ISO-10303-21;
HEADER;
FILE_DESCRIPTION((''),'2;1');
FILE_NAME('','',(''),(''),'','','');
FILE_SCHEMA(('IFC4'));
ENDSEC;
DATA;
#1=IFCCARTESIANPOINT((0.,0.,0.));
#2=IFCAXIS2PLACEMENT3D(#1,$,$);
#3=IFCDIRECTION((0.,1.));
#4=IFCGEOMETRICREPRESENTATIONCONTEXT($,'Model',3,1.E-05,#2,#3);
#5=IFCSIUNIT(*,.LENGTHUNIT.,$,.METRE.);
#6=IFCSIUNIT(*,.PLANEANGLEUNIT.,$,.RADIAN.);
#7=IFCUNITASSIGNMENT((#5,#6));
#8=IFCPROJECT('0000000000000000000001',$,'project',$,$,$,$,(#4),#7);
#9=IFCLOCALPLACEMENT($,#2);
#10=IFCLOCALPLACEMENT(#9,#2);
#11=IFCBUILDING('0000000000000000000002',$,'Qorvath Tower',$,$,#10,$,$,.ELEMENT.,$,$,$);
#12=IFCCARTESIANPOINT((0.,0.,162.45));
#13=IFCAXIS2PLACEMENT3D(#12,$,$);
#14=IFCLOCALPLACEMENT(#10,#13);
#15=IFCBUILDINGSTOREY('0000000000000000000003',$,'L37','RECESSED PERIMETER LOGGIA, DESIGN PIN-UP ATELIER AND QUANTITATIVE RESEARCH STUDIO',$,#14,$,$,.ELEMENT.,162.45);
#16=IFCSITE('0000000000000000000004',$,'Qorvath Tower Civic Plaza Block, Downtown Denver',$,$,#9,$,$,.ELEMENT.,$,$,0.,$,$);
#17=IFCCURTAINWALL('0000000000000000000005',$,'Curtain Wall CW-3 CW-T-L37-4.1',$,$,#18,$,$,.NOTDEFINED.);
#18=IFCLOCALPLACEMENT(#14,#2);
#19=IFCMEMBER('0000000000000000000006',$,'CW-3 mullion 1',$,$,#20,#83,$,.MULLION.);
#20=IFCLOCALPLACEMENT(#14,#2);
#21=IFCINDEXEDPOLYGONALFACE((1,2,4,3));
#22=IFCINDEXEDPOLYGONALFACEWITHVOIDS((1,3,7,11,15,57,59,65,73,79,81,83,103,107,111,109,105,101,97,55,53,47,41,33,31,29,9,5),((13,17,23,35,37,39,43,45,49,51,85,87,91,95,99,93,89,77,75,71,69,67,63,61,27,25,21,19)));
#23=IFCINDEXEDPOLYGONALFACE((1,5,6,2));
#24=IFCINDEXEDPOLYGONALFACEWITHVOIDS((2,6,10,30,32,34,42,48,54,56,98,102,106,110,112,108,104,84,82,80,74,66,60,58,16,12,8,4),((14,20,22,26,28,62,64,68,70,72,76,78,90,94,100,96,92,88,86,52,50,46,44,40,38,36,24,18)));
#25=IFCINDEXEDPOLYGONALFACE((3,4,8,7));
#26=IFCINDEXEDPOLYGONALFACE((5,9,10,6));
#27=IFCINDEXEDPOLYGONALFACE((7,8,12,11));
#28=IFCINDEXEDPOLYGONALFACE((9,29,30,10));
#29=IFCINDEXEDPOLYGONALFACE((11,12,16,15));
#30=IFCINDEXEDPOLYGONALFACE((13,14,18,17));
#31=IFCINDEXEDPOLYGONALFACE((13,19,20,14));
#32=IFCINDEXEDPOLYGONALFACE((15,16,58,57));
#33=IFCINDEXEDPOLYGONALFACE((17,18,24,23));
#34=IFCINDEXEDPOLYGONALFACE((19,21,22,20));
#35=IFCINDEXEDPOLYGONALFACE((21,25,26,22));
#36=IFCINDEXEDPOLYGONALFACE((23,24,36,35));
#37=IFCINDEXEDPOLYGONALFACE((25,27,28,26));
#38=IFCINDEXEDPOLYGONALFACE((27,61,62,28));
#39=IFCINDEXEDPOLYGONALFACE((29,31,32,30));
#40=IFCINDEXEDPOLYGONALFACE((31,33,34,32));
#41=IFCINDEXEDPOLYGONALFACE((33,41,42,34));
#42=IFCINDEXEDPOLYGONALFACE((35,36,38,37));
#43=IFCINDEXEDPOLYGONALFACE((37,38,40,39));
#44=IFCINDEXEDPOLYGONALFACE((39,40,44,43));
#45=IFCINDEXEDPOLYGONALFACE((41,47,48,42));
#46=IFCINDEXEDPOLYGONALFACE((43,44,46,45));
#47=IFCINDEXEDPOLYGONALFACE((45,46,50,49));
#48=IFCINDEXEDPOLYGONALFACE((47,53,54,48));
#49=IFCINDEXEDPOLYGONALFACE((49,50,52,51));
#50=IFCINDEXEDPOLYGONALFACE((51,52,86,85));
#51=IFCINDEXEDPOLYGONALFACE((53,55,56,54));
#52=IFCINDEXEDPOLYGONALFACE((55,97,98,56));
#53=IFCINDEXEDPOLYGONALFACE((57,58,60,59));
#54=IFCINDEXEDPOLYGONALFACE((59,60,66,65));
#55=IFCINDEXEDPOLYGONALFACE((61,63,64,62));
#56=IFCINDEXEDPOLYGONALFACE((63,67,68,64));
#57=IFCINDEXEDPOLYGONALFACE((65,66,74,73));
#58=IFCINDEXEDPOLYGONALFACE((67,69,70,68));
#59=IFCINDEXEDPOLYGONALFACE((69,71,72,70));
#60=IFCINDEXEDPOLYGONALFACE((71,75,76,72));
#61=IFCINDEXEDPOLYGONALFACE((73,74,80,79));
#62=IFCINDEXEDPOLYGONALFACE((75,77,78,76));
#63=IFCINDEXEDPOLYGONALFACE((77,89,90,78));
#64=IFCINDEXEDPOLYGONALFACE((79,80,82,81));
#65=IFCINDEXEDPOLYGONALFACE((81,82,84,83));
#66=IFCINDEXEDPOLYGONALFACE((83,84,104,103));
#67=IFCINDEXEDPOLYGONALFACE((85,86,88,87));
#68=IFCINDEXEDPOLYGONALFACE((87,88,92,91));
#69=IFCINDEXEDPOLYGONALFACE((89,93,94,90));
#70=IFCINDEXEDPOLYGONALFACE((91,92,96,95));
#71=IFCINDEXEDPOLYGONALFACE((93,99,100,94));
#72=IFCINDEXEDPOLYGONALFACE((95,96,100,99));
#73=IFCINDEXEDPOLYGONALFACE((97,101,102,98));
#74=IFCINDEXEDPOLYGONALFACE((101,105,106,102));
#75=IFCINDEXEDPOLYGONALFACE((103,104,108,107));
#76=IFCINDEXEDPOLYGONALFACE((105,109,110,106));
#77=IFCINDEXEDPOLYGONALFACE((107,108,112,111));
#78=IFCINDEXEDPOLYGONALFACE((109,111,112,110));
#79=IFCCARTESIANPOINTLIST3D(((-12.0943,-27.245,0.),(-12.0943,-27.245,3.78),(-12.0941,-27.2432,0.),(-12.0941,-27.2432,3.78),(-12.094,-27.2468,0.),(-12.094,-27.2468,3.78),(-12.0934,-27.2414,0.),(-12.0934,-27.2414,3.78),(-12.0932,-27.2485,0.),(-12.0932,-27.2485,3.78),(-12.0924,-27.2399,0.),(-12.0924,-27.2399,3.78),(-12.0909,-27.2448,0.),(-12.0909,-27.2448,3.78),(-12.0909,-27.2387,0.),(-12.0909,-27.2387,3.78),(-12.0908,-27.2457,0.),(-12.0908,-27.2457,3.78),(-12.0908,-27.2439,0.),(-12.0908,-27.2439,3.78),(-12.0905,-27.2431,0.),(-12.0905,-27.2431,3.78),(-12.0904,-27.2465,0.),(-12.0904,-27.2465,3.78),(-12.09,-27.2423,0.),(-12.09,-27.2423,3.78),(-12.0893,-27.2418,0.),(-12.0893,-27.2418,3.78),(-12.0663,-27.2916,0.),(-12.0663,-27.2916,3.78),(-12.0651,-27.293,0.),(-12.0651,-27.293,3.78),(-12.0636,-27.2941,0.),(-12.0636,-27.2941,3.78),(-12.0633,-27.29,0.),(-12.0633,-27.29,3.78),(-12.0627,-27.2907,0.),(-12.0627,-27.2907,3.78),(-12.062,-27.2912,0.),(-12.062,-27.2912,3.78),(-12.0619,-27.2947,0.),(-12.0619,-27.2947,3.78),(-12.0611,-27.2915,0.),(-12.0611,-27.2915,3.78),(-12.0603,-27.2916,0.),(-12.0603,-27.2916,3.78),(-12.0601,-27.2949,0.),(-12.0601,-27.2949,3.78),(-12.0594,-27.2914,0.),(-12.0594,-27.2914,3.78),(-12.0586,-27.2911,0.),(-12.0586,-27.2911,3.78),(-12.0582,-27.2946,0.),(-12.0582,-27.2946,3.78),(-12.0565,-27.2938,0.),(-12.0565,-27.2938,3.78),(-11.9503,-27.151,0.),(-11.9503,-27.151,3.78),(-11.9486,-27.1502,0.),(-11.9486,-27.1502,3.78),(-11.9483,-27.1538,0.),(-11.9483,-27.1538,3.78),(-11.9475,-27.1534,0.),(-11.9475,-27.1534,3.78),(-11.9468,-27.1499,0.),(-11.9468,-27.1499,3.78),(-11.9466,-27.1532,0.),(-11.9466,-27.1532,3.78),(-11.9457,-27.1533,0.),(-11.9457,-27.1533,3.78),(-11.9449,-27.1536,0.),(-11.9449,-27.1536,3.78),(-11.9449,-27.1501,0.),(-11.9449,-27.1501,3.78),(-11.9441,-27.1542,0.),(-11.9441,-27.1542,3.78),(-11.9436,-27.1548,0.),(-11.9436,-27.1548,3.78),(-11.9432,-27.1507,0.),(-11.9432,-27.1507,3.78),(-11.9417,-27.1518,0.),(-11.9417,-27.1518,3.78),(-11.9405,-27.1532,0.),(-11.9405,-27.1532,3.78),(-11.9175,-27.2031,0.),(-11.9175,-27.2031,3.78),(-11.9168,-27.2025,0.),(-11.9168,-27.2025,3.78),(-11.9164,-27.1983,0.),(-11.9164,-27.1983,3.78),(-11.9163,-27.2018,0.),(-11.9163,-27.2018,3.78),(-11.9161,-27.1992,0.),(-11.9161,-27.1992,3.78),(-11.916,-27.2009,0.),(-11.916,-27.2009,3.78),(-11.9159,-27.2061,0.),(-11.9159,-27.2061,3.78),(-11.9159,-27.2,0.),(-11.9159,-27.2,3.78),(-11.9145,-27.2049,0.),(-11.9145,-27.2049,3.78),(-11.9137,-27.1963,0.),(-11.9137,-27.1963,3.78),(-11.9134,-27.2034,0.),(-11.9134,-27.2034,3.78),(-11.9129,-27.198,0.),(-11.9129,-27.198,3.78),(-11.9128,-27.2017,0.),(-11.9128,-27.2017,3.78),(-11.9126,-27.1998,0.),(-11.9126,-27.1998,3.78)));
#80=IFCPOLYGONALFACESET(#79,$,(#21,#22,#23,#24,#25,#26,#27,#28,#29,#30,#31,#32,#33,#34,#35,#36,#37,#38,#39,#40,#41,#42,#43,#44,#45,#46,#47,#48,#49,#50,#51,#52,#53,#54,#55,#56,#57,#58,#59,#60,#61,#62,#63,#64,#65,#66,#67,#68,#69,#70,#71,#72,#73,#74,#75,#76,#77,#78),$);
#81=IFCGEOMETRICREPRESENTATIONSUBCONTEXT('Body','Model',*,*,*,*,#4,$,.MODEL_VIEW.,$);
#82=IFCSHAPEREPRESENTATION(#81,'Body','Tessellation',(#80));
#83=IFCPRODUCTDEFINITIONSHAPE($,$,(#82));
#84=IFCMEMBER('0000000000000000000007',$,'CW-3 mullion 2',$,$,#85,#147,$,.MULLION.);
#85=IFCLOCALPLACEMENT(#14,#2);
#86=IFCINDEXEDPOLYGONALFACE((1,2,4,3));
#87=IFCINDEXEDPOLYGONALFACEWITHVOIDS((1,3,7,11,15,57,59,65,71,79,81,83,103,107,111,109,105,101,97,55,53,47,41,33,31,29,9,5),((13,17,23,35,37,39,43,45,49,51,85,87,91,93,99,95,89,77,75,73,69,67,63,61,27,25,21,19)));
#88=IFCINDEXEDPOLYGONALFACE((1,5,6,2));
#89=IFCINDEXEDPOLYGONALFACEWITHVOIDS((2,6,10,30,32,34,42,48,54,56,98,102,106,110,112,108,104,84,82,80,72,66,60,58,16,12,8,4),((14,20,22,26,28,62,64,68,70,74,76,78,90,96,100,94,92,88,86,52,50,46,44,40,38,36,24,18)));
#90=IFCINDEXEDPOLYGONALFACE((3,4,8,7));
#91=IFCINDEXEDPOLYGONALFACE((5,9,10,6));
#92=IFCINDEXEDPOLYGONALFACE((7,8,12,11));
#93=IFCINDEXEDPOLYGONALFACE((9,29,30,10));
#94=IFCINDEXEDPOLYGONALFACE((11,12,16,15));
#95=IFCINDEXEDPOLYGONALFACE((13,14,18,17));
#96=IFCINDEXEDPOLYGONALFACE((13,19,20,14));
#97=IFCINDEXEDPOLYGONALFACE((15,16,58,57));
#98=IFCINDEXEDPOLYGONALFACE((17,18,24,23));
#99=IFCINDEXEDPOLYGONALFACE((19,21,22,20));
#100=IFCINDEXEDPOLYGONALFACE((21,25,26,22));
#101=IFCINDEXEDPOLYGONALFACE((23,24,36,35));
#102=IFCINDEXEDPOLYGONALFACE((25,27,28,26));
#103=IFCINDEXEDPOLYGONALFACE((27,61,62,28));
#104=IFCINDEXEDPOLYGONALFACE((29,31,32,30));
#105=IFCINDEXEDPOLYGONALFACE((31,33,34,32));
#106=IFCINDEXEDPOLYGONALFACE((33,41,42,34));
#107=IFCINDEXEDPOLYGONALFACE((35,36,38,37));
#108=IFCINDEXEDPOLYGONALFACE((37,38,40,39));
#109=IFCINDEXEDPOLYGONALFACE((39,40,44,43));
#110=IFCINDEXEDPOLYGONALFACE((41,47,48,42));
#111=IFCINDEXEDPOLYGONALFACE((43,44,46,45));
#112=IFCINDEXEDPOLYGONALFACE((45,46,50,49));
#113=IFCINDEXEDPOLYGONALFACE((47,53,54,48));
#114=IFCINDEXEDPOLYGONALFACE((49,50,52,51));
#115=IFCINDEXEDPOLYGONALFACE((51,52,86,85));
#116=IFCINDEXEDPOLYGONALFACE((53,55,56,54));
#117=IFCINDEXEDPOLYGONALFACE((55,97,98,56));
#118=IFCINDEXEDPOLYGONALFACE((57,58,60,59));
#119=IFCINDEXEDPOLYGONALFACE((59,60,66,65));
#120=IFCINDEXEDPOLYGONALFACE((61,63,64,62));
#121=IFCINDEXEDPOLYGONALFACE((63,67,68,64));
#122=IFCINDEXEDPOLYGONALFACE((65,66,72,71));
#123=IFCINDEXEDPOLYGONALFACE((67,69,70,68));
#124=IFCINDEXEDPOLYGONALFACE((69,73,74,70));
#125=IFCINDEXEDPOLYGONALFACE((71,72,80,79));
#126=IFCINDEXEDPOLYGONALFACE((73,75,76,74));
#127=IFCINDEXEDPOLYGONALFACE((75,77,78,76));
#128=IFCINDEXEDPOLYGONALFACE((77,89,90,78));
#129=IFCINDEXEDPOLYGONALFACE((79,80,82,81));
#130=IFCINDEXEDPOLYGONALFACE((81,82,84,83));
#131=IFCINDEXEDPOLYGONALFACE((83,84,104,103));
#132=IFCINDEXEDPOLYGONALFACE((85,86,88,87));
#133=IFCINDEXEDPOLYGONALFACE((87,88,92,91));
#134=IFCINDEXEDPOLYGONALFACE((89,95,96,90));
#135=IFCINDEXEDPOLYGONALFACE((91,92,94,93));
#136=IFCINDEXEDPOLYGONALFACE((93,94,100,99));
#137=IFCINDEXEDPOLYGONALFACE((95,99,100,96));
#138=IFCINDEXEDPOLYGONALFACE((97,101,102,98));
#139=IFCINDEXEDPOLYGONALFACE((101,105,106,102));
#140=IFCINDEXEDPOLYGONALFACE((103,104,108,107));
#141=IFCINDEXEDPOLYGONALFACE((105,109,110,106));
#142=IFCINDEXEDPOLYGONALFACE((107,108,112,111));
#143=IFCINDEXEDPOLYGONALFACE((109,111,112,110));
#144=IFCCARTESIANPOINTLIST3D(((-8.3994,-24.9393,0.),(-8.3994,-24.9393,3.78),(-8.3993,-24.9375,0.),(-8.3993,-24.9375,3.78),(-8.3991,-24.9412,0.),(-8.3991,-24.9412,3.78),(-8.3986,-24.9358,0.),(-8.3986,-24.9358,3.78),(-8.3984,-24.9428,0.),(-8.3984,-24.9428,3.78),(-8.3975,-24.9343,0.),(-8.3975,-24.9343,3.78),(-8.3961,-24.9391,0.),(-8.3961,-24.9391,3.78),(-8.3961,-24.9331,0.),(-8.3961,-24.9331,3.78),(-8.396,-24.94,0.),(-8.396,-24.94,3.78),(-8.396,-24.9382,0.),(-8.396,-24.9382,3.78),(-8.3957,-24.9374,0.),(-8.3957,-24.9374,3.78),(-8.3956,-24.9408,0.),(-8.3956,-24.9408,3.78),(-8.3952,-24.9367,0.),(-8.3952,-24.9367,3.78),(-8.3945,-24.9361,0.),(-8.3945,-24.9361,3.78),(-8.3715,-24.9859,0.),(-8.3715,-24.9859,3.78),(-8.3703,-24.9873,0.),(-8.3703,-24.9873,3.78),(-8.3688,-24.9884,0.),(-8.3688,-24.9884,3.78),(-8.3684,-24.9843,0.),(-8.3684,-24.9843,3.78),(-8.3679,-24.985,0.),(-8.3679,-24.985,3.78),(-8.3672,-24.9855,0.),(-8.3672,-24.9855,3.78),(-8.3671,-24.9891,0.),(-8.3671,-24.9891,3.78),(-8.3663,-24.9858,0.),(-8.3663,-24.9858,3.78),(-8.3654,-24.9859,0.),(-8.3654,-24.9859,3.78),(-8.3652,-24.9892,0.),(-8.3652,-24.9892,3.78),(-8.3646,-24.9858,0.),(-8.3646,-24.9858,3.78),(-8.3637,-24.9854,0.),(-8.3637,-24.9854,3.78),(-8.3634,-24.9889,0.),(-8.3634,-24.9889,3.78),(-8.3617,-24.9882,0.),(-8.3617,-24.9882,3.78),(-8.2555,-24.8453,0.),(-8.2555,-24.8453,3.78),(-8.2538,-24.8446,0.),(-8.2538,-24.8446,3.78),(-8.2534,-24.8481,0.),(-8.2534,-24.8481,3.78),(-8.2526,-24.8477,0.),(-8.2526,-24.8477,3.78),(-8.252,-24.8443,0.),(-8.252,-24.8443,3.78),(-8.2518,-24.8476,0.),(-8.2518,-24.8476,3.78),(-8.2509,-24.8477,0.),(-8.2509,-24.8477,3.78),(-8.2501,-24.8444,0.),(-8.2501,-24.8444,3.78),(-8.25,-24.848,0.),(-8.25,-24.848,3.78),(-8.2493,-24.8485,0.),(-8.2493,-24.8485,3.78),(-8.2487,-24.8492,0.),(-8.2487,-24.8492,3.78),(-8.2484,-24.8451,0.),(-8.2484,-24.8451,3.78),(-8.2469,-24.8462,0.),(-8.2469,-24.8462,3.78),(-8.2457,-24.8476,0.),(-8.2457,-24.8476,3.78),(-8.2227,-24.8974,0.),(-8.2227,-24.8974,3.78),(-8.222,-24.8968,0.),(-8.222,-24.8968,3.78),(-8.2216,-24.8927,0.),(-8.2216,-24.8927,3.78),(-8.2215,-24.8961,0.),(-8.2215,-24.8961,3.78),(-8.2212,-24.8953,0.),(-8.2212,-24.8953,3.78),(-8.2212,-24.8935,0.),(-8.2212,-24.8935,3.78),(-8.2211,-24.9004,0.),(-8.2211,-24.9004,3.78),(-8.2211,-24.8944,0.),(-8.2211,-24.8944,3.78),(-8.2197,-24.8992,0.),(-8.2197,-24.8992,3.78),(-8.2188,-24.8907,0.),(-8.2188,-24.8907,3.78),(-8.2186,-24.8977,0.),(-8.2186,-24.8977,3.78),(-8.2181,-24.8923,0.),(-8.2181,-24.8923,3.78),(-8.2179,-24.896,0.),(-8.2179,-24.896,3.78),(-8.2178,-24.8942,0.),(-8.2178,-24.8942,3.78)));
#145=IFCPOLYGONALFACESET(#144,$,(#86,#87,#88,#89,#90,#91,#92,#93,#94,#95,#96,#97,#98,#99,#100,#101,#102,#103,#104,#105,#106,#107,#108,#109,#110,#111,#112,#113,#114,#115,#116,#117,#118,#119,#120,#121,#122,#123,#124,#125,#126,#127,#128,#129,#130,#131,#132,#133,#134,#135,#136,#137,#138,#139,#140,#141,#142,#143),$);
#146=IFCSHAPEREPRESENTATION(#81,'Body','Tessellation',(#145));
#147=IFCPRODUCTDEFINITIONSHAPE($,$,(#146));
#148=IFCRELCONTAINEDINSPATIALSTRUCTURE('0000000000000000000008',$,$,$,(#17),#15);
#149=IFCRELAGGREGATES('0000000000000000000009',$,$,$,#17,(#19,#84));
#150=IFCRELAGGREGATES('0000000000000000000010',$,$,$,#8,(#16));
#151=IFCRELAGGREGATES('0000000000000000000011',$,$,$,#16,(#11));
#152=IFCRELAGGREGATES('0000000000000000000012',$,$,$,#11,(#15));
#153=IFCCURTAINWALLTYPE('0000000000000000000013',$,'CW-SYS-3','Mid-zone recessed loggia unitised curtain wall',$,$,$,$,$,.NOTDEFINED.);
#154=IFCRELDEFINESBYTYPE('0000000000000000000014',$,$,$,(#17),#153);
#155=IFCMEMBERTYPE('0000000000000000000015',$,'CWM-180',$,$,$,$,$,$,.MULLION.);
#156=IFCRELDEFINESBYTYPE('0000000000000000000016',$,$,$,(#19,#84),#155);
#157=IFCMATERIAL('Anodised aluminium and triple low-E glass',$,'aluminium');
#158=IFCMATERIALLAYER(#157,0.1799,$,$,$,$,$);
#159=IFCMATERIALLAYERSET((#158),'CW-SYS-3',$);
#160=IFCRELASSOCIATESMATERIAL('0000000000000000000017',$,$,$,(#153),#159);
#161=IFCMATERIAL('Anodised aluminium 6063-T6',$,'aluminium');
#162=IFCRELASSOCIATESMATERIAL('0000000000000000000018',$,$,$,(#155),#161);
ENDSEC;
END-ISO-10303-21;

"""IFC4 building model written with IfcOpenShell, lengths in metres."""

from ifc_helpers import new_model, si_unit, direction, frame, origin, origin_2d, place, context, subcontext, project, spatial, hollow_rectangle, extrude, material, layer, layer_set, material_profile, profile_set, type_object, element, aggregate, save


model = new_model("IFC4")

# Units and contexts
model_context = context("Model", 3, precision=1e-05, world=origin(), true_north=direction((0.0, 1.0)))
body_context = subcontext(model_context, "Body", "Model", "MODEL_VIEW")
ifc_project = project(units=[si_unit("LENGTHUNIT", "METRE"), si_unit("PLANEANGLEUNIT", "RADIAN")], contexts=[model_context])

# Site, building, storey
site_placement = place(None, origin())
site = spatial("IfcSite", under=ifc_project, at=site_placement, Name="Qorvath Tower Civic Plaza Block, Downtown Denver", CompositionType="ELEMENT", RefElevation=0.0)
building_placement = place(site_placement, origin())
building = spatial("IfcBuilding", under=site, at=building_placement, Name="Qorvath Tower", CompositionType="ELEMENT")
storey_placement = place(building_placement, frame((0.0, 0.0, 162.45)))
storey = spatial("IfcBuildingStorey", under=building, at=storey_placement, Name="L37", Description="RECESSED PERIMETER LOGGIA, DESIGN PIN-UP ATELIER AND QUANTITATIVE RESEARCH STUDIO", CompositionType="ELEMENT", Elevation=162.45)

# Shared definitions
ifc_material_1 = material(Name="Anodised aluminium and triple low-E glass", Category="aluminium")
ifc_layer_1 = layer(ifc_material_1, 0.1799)
ifc_layer_set_1 = layer_set([ifc_layer_1], Name="CW-SYS-3")
curtain_wall_type = type_object("IfcCurtainWallType", Name="CW-SYS-3", Description="Mid-zone recessed loggia unitised curtain wall", PredefinedType="NOTDEFINED", material=ifc_layer_set_1)
ifc_material_2 = material(Name="Anodised aluminium 6063-T6", Category="aluminium")
ifc_material_profile_1 = material_profile(ifc_material_2, hollow_rectangle(XDim=0.0649, YDim=0.1799, WallThickness=0.0034, InnerFilletRadius=0.0034, OuterFilletRadius=0.0071, at=origin_2d()), Name="CWM 180x65")
ifc_profile_set_1 = profile_set([ifc_material_profile_1], Name="Anodised aluminium 6063-T6")
member_type_1 = type_object("IfcMemberType", Name="CWM-180", PredefinedType="MULLION", material=ifc_profile_set_1)

# Curtain wall, members
curtain_wall_1_placement = place(storey_placement, origin())
curtain_wall_1 = element("IfcCurtainWall", 1, at=curtain_wall_1_placement, inside=storey, type_object=curtain_wall_type, Name="Curtain Wall CW-3 CW-T-L37-4.1", PredefinedType="NOTDEFINED")
member_1_placement = place(storey_placement, frame((-12.0034, -27.2224, 0.0), z_axis=(0.0, 0.0, 1.0), x_axis=(-0.529384, 0.848382, 0.0)))
member_1 = element("IfcMember", 2, at=member_1_placement, type_object=member_type_1, Name="CW-3 mullion 1", PredefinedType="MULLION", context=body_context, shape_type="SweptSolid", body=[
    extrude(hollow_rectangle(XDim=0.0649, YDim=0.1799, WallThickness=0.0034, InnerFilletRadius=0.0034, OuterFilletRadius=0.0071, at=origin_2d()), origin(), (0.0, 0.0, 1.0), 3.78),
])
member_2_placement = place(storey_placement, frame((-8.3086, -24.9167, 0.0), z_axis=(0.0, 0.0, 1.0), x_axis=(-0.529384, 0.848382, 0.0)))
member_2 = element("IfcMember", 3, at=member_2_placement, type_object=member_type_1, Name="CW-3 mullion 2", PredefinedType="MULLION", context=body_context, shape_type="SweptSolid", body=[
    extrude(hollow_rectangle(XDim=0.0649, YDim=0.1799, WallThickness=0.0034, InnerFilletRadius=0.0034, OuterFilletRadius=0.0071, at=origin_2d()), origin(), (0.0, 0.0, 1.0), 3.78),
])

aggregate(curtain_wall_1, [member_1, member_2])

save(model, "model.ifc")
